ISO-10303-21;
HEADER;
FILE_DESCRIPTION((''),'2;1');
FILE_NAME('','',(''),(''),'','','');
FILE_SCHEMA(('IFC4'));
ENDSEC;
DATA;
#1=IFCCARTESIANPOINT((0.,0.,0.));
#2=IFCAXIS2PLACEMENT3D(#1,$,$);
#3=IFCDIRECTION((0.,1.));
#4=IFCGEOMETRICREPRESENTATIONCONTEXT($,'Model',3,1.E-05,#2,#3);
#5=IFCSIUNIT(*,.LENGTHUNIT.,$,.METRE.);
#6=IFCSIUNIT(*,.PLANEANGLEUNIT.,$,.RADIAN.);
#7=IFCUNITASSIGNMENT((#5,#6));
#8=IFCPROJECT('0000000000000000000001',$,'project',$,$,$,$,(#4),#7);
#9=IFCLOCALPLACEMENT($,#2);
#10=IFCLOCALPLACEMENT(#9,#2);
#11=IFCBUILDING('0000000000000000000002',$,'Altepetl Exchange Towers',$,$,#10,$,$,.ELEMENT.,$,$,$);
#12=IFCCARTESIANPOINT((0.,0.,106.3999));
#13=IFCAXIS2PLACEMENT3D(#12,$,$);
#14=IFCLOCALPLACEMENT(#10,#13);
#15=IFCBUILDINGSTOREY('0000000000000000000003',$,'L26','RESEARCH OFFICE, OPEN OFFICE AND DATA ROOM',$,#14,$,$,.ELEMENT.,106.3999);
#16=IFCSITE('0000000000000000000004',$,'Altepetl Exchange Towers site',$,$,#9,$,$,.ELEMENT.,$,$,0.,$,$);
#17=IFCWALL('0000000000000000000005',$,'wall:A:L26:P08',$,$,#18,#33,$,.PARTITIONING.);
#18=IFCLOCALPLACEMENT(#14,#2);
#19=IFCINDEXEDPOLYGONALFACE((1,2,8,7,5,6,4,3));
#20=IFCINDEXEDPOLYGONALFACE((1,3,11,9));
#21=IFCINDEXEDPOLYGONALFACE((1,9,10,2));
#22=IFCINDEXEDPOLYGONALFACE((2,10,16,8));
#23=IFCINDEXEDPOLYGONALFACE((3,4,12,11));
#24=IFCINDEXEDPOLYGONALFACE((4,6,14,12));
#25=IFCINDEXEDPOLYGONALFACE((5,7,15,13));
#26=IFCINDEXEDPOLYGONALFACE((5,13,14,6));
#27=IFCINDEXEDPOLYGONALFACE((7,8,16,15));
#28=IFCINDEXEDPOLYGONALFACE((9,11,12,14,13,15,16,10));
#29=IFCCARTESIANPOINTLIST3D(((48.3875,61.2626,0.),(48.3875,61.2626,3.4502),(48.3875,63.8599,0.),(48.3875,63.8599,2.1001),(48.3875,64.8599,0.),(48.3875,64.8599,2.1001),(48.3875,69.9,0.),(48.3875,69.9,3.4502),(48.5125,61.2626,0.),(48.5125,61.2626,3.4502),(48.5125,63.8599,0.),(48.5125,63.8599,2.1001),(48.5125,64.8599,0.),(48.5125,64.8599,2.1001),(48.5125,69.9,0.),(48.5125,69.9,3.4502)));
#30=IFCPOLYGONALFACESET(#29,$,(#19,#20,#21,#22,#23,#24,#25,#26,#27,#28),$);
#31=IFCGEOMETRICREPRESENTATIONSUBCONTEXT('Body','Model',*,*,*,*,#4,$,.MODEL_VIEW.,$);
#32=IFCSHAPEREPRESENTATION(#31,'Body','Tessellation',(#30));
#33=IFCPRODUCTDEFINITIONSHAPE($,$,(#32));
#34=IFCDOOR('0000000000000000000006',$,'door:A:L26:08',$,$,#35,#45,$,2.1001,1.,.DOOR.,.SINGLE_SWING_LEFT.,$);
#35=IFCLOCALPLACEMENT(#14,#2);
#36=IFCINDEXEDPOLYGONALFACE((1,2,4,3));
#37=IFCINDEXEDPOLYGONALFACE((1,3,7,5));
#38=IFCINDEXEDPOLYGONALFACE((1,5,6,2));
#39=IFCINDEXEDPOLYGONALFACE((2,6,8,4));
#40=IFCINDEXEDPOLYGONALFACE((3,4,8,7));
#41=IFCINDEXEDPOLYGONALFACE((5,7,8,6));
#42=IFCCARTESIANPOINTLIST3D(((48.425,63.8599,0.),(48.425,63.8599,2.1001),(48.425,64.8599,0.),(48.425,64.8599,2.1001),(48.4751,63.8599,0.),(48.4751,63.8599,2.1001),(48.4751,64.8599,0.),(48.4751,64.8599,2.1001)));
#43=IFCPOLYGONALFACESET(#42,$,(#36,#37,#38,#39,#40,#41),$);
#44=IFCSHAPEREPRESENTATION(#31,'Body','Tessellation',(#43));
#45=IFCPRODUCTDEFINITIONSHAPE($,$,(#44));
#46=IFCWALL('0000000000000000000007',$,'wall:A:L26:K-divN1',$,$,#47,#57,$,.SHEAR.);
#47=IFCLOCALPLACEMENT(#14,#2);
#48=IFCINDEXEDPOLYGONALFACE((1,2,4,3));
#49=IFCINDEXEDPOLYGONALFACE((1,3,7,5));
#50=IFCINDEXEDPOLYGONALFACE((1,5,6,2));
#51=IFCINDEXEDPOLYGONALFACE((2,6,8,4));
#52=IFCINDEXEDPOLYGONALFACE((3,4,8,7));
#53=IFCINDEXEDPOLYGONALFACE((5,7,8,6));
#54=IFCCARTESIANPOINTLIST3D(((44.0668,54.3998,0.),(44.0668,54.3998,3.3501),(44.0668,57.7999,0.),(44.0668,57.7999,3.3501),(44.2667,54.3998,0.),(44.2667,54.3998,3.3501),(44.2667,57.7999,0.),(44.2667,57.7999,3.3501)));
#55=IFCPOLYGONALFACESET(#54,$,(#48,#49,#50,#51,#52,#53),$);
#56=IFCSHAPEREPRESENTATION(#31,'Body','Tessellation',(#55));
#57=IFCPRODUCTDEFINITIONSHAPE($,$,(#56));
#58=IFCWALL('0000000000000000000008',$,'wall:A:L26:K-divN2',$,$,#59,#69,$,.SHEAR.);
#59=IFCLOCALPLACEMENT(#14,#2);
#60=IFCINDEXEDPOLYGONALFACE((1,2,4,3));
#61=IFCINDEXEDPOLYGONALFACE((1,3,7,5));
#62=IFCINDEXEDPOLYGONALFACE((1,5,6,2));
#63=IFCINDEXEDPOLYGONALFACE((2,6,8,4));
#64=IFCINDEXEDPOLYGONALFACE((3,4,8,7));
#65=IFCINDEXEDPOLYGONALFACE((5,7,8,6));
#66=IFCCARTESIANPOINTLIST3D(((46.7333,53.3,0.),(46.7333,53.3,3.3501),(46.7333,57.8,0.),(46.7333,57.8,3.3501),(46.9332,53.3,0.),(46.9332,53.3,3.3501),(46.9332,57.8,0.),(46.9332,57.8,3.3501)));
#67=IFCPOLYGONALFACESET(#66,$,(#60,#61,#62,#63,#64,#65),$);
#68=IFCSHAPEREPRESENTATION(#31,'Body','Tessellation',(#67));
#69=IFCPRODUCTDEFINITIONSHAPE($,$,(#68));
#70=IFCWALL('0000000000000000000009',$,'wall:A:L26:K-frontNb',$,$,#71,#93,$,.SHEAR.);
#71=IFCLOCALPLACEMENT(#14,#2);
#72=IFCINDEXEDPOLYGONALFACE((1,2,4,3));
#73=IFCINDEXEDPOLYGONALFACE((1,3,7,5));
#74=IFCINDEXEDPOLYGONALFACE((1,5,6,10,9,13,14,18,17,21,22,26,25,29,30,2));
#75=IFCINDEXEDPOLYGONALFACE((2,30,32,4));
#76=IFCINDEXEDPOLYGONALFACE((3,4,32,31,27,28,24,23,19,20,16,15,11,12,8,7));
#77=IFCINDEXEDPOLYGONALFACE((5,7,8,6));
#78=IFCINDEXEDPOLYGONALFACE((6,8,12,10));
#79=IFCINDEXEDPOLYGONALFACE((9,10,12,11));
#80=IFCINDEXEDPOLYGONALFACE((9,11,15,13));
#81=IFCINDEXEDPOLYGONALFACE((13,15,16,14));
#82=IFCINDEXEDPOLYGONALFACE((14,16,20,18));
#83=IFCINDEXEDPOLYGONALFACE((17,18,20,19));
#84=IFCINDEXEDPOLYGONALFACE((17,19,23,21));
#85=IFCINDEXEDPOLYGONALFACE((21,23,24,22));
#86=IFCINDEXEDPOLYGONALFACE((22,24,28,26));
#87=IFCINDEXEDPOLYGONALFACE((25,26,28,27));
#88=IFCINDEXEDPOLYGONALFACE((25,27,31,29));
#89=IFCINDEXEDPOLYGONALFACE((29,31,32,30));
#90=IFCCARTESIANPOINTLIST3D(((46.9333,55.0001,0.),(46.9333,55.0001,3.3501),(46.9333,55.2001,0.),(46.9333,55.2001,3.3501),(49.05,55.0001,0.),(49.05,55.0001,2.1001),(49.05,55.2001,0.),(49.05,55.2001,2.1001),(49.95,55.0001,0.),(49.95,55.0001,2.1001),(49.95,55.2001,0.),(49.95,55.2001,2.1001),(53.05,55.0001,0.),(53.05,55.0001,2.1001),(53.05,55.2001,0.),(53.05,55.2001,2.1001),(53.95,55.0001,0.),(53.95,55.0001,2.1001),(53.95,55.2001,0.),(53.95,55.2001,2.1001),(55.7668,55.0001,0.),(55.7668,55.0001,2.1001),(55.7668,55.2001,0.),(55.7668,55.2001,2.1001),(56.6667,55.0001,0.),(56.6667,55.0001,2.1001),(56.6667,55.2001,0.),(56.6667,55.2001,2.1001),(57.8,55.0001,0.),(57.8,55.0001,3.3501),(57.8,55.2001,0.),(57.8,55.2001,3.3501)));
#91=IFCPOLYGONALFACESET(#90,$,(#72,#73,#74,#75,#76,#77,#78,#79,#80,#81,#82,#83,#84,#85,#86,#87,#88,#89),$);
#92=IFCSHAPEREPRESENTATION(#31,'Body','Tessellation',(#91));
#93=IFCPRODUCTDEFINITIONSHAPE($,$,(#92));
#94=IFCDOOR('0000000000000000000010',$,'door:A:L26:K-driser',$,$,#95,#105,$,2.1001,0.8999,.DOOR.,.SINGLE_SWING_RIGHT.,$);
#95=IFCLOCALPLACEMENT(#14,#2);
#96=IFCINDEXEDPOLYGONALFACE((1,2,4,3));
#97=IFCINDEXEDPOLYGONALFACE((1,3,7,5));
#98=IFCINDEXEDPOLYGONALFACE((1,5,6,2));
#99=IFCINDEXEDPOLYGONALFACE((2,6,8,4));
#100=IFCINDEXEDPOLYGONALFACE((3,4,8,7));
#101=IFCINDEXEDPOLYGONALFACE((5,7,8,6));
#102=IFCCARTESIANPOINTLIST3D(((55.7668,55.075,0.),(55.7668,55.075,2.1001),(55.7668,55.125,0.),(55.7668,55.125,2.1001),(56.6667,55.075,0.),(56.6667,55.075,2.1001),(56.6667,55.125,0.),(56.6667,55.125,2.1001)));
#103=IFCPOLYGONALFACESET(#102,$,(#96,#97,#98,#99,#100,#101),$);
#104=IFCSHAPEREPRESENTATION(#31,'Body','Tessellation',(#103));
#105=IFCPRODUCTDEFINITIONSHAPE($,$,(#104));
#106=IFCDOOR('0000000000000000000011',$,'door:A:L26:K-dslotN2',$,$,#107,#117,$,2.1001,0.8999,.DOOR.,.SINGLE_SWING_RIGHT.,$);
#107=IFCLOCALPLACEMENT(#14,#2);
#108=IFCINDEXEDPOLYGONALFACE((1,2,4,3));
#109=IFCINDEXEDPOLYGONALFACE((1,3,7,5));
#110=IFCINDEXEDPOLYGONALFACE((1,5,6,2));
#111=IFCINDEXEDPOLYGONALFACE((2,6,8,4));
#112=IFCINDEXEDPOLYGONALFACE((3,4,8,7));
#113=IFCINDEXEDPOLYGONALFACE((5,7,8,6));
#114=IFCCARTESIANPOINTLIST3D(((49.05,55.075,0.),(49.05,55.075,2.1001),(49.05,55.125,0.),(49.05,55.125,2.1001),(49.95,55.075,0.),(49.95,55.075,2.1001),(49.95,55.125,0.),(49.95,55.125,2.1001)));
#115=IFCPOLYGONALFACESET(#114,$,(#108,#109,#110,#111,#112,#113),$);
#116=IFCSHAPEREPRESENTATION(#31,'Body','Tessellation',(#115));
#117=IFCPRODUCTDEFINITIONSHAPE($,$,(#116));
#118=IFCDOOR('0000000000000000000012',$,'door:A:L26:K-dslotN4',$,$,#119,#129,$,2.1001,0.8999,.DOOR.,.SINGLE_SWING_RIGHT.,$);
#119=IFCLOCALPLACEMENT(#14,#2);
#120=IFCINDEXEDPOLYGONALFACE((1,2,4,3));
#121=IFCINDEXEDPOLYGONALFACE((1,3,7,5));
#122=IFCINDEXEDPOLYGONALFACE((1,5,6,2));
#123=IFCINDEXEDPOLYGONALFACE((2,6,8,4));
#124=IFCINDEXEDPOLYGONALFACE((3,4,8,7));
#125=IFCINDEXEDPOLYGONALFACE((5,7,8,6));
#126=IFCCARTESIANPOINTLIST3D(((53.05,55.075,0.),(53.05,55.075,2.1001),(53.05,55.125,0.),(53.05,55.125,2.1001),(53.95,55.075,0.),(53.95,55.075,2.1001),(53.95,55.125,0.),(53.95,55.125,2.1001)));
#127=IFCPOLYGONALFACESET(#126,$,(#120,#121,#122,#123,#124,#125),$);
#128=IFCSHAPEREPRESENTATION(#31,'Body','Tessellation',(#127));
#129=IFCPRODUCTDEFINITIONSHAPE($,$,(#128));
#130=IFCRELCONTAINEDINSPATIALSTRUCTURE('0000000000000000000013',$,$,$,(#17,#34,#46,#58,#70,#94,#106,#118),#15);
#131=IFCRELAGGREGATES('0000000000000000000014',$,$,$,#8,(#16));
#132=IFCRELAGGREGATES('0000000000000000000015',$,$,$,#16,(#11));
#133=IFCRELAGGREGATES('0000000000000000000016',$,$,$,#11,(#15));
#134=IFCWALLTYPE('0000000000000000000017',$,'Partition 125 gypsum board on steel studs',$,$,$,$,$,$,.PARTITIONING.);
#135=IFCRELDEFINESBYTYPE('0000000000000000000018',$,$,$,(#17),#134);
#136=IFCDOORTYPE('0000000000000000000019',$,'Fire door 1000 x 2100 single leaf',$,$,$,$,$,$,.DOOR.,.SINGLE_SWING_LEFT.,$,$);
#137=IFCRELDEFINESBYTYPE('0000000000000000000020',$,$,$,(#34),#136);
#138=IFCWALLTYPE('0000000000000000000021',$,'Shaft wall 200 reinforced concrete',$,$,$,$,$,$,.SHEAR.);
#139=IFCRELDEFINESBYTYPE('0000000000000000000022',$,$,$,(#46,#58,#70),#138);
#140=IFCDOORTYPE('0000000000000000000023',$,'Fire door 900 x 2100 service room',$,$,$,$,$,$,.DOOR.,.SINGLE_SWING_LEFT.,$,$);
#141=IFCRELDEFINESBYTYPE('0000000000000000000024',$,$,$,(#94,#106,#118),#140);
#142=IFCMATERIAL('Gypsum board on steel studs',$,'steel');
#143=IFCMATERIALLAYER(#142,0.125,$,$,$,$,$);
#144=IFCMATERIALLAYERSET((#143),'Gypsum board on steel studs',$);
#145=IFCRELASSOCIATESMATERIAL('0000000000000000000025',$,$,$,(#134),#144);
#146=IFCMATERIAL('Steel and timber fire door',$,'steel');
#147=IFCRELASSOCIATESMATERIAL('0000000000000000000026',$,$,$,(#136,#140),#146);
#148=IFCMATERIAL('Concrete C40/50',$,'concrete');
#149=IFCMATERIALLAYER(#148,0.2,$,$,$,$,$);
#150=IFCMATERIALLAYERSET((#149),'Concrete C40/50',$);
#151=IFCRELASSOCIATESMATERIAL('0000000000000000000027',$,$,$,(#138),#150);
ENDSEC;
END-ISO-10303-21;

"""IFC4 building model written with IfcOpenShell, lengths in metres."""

from ifc_helpers import new_model, si_unit, direction, frame, frame_2d, origin, place, context, subcontext, project, spatial, rectangle, extrude, material, layer, layer_set, type_object, element, fill, save


model = new_model("IFC4")

# Units and contexts
model_context = context("Model", 3, precision=1e-05, world=origin(), true_north=direction((0.0, 1.0)))
body_context = subcontext(model_context, "Body", "Model", "MODEL_VIEW")
ifc_project = project(units=[si_unit("LENGTHUNIT", "METRE"), si_unit("PLANEANGLEUNIT", "RADIAN")], contexts=[model_context])

# Site, building, storey
site_placement = place(None, origin())
site = spatial("IfcSite", under=ifc_project, at=site_placement, Name="Altepetl Exchange Towers site", CompositionType="ELEMENT", RefElevation=0.0)
building_placement = place(site_placement, origin())
building = spatial("IfcBuilding", under=site, at=building_placement, Name="Altepetl Exchange Towers", CompositionType="ELEMENT")
storey_placement = place(building_placement, frame((0.0, 0.0, 106.3999)))
storey = spatial("IfcBuildingStorey", under=building, at=storey_placement, Name="L26", Description="RESEARCH OFFICE, OPEN OFFICE AND DATA ROOM", CompositionType="ELEMENT", Elevation=106.3999)

# Shared definitions
ifc_material_1 = material(Name="Gypsum board on steel studs", Category="steel")
ifc_layer_1 = layer(ifc_material_1, 0.125)
ifc_layer_set_1 = layer_set([ifc_layer_1], Name="Gypsum board on steel studs")
wall_type_1 = type_object("IfcWallType", Name="Partition 125 gypsum board on steel studs", PredefinedType="PARTITIONING", material=ifc_layer_set_1)

# Wall, opening, door
wall_1_placement = place(storey_placement, frame((48.45, 61.2625, 0.0), z_axis=(0.0, 0.0, 1.0), x_axis=(0.0, 1.0, 0.0)))
wall_1 = element("IfcWall", 1, at=wall_1_placement, inside=storey, type_object=wall_type_1, Name="wall:A:L26:P08", PredefinedType="PARTITIONING", context=body_context, shape_type="SweptSolid", body=[
    extrude(rectangle(XDim=8.6375, YDim=0.125, at=frame_2d((4.3188, 0.0))), origin(), (0.0, 0.0, 1.0), 3.4502),
])
opening_1_placement = place(wall_1_placement, frame((2.5974, 0.0, 0.0)))
opening_1 = element("IfcOpeningElement", 2, at=opening_1_placement, cuts=wall_1, PredefinedType="OPENING", context=body_context, shape_type="SweptSolid", body=[
    extrude(rectangle(XDim=1.0, YDim=2.1001, at=frame_2d((0.5, 1.05))), frame((0.0, 0.0725, 0.0), z_axis=(0.0, -1.0, 0.0), x_axis=(1.0, 0.0, 0.0)), (0.0, 0.0, 1.0), 0.145),
])
ifc_material_2 = material(Name="Steel and timber fire door", Category="steel")
door_type_1 = type_object("IfcDoorType", Name="Fire door 1000 x 2100 single leaf", OperationType="SINGLE_SWING_LEFT", PredefinedType="DOOR", material=ifc_material_2)
door_1_placement = place(opening_1_placement, origin())
door_1 = element("IfcDoor", 3, at=door_1_placement, inside=storey, type_object=door_type_1, Name="door:A:L26:08", OperationType="SINGLE_SWING_LEFT", OverallHeight=2.1001, OverallWidth=1.0, PredefinedType="DOOR", context=body_context, shape_type="SweptSolid", body=[
    extrude(rectangle(XDim=1.0, YDim=2.1001, at=frame_2d((0.5, 1.05))), frame((0.0, 0.0249, 0.0), z_axis=(0.0, -1.0, 0.0), x_axis=(1.0, 0.0, 0.0)), (0.0, 0.0, 1.0), 0.05),
])
fill(opening_1, door_1)

# Walls
ifc_material_3 = material(Name="Concrete C40/50", Category="concrete")
ifc_layer_2 = layer(ifc_material_3, 0.2)
ifc_layer_set_2 = layer_set([ifc_layer_2], Name="Concrete C40/50")
wall_type_2 = type_object("IfcWallType", Name="Shaft wall 200 reinforced concrete", PredefinedType="SHEAR", material=ifc_layer_set_2)
wall_2_placement = place(storey_placement, frame((44.1667, 57.8, 0.0), z_axis=(0.0, 0.0, 1.0), x_axis=(0.0, -1.0, 0.0)))
element("IfcWall", 4, at=wall_2_placement, inside=storey, type_object=wall_type_2, Name="wall:A:L26:K-divN1", PredefinedType="SHEAR", context=body_context, shape_type="SweptSolid", body=[
    extrude(rectangle(XDim=3.4001, YDim=0.2, at=frame_2d((1.7002, 0.0))), origin(), (0.0, 0.0, 1.0), 3.3501),
])
wall_3_placement = place(storey_placement, frame((46.8333, 57.8, 0.0), z_axis=(0.0, 0.0, 1.0), x_axis=(0.0, -1.0, 0.0)))
element("IfcWall", 5, at=wall_3_placement, inside=storey, type_object=wall_type_2, Name="wall:A:L26:K-divN2", PredefinedType="SHEAR", context=body_context, shape_type="SweptSolid", body=[
    extrude(rectangle(XDim=4.5, YDim=0.2, at=frame_2d((2.25, 0.0))), origin(), (0.0, 0.0, 1.0), 3.3501),
])

# Wall, openings, doors
wall_4_placement = place(storey_placement, frame((46.9333, 55.1001, 0.0)))
wall_4 = element("IfcWall", 6, at=wall_4_placement, inside=storey, type_object=wall_type_2, Name="wall:A:L26:K-frontNb", PredefinedType="SHEAR", context=body_context, shape_type="SweptSolid", body=[
    extrude(rectangle(XDim=10.8667, YDim=0.2, at=frame_2d((5.4333, 0.0))), origin(), (0.0, 0.0, 1.0), 3.3501),
])
opening_2_placement = place(wall_4_placement, frame((8.8335, 0.0, 0.0)))
opening_2 = element("IfcOpeningElement", 7, at=opening_2_placement, cuts=wall_4, PredefinedType="OPENING", context=body_context, shape_type="SweptSolid", body=[
    extrude(rectangle(XDim=0.8999, YDim=2.1001, at=frame_2d((0.45, 1.05))), frame((0.0, 0.1099, 0.0), z_axis=(0.0, -1.0, 0.0), x_axis=(1.0, 0.0, 0.0)), (0.0, 0.0, 1.0), 0.22),
])
opening_3_placement = place(wall_4_placement, frame((2.1167, 0.0, 0.0)))
opening_3 = element("IfcOpeningElement", 8, at=opening_3_placement, cuts=wall_4, PredefinedType="OPENING", context=body_context, shape_type="SweptSolid", body=[
    extrude(rectangle(XDim=0.8999, YDim=2.1001, at=frame_2d((0.45, 1.05))), frame((0.0, 0.1099, 0.0), z_axis=(0.0, -1.0, 0.0), x_axis=(1.0, 0.0, 0.0)), (0.0, 0.0, 1.0), 0.22),
])
opening_4_placement = place(wall_4_placement, frame((6.1167, 0.0, 0.0)))
opening_4 = element("IfcOpeningElement", 9, at=opening_4_placement, cuts=wall_4, PredefinedType="OPENING", context=body_context, shape_type="SweptSolid", body=[
    extrude(rectangle(XDim=0.8999, YDim=2.1001, at=frame_2d((0.45, 1.05))), frame((0.0, 0.1099, 0.0), z_axis=(0.0, -1.0, 0.0), x_axis=(1.0, 0.0, 0.0)), (0.0, 0.0, 1.0), 0.22),
])
door_type_2 = type_object("IfcDoorType", Name="Fire door 900 x 2100 service room", OperationType="SINGLE_SWING_LEFT", PredefinedType="DOOR", material=ifc_material_2)
door_2_placement = place(opening_2_placement, origin())
door_2 = element("IfcDoor", 10, at=door_2_placement, inside=storey, type_object=door_type_2, Name="door:A:L26:K-driser", OperationType="SINGLE_SWING_RIGHT", OverallHeight=2.1001, OverallWidth=0.8999, PredefinedType="DOOR", context=body_context, shape_type="SweptSolid", body=[
    extrude(rectangle(XDim=0.8999, YDim=2.1001, at=frame_2d((0.45, 1.05))), frame((0.0, 0.0249, 0.0), z_axis=(0.0, -1.0, 0.0), x_axis=(1.0, 0.0, 0.0)), (0.0, 0.0, 1.0), 0.05),
])
fill(opening_2, door_2)
door_3_placement = place(opening_3_placement, origin())
door_3 = element("IfcDoor", 11, at=door_3_placement, inside=storey, type_object=door_type_2, Name="door:A:L26:K-dslotN2", OperationType="SINGLE_SWING_RIGHT", OverallHeight=2.1001, OverallWidth=0.8999, PredefinedType="DOOR", context=body_context, shape_type="SweptSolid", body=[
    extrude(rectangle(XDim=0.8999, YDim=2.1001, at=frame_2d((0.45, 1.05))), frame((0.0, 0.0249, 0.0), z_axis=(0.0, -1.0, 0.0), x_axis=(1.0, 0.0, 0.0)), (0.0, 0.0, 1.0), 0.05),
])
fill(opening_3, door_3)
door_4_placement = place(opening_4_placement, origin())
door_4 = element("IfcDoor", 12, at=door_4_placement, inside=storey, type_object=door_type_2, Name="door:A:L26:K-dslotN4", OperationType="SINGLE_SWING_RIGHT", OverallHeight=2.1001, OverallWidth=0.8999, PredefinedType="DOOR", context=body_context, shape_type="SweptSolid", body=[
    extrude(rectangle(XDim=0.8999, YDim=2.1001, at=frame_2d((0.45, 1.05))), frame((0.0, 0.0249, 0.0), z_axis=(0.0, -1.0, 0.0), x_axis=(1.0, 0.0, 0.0)), (0.0, 0.0, 1.0), 0.05),
])
fill(opening_4, door_4)

save(model, "model.ifc")
